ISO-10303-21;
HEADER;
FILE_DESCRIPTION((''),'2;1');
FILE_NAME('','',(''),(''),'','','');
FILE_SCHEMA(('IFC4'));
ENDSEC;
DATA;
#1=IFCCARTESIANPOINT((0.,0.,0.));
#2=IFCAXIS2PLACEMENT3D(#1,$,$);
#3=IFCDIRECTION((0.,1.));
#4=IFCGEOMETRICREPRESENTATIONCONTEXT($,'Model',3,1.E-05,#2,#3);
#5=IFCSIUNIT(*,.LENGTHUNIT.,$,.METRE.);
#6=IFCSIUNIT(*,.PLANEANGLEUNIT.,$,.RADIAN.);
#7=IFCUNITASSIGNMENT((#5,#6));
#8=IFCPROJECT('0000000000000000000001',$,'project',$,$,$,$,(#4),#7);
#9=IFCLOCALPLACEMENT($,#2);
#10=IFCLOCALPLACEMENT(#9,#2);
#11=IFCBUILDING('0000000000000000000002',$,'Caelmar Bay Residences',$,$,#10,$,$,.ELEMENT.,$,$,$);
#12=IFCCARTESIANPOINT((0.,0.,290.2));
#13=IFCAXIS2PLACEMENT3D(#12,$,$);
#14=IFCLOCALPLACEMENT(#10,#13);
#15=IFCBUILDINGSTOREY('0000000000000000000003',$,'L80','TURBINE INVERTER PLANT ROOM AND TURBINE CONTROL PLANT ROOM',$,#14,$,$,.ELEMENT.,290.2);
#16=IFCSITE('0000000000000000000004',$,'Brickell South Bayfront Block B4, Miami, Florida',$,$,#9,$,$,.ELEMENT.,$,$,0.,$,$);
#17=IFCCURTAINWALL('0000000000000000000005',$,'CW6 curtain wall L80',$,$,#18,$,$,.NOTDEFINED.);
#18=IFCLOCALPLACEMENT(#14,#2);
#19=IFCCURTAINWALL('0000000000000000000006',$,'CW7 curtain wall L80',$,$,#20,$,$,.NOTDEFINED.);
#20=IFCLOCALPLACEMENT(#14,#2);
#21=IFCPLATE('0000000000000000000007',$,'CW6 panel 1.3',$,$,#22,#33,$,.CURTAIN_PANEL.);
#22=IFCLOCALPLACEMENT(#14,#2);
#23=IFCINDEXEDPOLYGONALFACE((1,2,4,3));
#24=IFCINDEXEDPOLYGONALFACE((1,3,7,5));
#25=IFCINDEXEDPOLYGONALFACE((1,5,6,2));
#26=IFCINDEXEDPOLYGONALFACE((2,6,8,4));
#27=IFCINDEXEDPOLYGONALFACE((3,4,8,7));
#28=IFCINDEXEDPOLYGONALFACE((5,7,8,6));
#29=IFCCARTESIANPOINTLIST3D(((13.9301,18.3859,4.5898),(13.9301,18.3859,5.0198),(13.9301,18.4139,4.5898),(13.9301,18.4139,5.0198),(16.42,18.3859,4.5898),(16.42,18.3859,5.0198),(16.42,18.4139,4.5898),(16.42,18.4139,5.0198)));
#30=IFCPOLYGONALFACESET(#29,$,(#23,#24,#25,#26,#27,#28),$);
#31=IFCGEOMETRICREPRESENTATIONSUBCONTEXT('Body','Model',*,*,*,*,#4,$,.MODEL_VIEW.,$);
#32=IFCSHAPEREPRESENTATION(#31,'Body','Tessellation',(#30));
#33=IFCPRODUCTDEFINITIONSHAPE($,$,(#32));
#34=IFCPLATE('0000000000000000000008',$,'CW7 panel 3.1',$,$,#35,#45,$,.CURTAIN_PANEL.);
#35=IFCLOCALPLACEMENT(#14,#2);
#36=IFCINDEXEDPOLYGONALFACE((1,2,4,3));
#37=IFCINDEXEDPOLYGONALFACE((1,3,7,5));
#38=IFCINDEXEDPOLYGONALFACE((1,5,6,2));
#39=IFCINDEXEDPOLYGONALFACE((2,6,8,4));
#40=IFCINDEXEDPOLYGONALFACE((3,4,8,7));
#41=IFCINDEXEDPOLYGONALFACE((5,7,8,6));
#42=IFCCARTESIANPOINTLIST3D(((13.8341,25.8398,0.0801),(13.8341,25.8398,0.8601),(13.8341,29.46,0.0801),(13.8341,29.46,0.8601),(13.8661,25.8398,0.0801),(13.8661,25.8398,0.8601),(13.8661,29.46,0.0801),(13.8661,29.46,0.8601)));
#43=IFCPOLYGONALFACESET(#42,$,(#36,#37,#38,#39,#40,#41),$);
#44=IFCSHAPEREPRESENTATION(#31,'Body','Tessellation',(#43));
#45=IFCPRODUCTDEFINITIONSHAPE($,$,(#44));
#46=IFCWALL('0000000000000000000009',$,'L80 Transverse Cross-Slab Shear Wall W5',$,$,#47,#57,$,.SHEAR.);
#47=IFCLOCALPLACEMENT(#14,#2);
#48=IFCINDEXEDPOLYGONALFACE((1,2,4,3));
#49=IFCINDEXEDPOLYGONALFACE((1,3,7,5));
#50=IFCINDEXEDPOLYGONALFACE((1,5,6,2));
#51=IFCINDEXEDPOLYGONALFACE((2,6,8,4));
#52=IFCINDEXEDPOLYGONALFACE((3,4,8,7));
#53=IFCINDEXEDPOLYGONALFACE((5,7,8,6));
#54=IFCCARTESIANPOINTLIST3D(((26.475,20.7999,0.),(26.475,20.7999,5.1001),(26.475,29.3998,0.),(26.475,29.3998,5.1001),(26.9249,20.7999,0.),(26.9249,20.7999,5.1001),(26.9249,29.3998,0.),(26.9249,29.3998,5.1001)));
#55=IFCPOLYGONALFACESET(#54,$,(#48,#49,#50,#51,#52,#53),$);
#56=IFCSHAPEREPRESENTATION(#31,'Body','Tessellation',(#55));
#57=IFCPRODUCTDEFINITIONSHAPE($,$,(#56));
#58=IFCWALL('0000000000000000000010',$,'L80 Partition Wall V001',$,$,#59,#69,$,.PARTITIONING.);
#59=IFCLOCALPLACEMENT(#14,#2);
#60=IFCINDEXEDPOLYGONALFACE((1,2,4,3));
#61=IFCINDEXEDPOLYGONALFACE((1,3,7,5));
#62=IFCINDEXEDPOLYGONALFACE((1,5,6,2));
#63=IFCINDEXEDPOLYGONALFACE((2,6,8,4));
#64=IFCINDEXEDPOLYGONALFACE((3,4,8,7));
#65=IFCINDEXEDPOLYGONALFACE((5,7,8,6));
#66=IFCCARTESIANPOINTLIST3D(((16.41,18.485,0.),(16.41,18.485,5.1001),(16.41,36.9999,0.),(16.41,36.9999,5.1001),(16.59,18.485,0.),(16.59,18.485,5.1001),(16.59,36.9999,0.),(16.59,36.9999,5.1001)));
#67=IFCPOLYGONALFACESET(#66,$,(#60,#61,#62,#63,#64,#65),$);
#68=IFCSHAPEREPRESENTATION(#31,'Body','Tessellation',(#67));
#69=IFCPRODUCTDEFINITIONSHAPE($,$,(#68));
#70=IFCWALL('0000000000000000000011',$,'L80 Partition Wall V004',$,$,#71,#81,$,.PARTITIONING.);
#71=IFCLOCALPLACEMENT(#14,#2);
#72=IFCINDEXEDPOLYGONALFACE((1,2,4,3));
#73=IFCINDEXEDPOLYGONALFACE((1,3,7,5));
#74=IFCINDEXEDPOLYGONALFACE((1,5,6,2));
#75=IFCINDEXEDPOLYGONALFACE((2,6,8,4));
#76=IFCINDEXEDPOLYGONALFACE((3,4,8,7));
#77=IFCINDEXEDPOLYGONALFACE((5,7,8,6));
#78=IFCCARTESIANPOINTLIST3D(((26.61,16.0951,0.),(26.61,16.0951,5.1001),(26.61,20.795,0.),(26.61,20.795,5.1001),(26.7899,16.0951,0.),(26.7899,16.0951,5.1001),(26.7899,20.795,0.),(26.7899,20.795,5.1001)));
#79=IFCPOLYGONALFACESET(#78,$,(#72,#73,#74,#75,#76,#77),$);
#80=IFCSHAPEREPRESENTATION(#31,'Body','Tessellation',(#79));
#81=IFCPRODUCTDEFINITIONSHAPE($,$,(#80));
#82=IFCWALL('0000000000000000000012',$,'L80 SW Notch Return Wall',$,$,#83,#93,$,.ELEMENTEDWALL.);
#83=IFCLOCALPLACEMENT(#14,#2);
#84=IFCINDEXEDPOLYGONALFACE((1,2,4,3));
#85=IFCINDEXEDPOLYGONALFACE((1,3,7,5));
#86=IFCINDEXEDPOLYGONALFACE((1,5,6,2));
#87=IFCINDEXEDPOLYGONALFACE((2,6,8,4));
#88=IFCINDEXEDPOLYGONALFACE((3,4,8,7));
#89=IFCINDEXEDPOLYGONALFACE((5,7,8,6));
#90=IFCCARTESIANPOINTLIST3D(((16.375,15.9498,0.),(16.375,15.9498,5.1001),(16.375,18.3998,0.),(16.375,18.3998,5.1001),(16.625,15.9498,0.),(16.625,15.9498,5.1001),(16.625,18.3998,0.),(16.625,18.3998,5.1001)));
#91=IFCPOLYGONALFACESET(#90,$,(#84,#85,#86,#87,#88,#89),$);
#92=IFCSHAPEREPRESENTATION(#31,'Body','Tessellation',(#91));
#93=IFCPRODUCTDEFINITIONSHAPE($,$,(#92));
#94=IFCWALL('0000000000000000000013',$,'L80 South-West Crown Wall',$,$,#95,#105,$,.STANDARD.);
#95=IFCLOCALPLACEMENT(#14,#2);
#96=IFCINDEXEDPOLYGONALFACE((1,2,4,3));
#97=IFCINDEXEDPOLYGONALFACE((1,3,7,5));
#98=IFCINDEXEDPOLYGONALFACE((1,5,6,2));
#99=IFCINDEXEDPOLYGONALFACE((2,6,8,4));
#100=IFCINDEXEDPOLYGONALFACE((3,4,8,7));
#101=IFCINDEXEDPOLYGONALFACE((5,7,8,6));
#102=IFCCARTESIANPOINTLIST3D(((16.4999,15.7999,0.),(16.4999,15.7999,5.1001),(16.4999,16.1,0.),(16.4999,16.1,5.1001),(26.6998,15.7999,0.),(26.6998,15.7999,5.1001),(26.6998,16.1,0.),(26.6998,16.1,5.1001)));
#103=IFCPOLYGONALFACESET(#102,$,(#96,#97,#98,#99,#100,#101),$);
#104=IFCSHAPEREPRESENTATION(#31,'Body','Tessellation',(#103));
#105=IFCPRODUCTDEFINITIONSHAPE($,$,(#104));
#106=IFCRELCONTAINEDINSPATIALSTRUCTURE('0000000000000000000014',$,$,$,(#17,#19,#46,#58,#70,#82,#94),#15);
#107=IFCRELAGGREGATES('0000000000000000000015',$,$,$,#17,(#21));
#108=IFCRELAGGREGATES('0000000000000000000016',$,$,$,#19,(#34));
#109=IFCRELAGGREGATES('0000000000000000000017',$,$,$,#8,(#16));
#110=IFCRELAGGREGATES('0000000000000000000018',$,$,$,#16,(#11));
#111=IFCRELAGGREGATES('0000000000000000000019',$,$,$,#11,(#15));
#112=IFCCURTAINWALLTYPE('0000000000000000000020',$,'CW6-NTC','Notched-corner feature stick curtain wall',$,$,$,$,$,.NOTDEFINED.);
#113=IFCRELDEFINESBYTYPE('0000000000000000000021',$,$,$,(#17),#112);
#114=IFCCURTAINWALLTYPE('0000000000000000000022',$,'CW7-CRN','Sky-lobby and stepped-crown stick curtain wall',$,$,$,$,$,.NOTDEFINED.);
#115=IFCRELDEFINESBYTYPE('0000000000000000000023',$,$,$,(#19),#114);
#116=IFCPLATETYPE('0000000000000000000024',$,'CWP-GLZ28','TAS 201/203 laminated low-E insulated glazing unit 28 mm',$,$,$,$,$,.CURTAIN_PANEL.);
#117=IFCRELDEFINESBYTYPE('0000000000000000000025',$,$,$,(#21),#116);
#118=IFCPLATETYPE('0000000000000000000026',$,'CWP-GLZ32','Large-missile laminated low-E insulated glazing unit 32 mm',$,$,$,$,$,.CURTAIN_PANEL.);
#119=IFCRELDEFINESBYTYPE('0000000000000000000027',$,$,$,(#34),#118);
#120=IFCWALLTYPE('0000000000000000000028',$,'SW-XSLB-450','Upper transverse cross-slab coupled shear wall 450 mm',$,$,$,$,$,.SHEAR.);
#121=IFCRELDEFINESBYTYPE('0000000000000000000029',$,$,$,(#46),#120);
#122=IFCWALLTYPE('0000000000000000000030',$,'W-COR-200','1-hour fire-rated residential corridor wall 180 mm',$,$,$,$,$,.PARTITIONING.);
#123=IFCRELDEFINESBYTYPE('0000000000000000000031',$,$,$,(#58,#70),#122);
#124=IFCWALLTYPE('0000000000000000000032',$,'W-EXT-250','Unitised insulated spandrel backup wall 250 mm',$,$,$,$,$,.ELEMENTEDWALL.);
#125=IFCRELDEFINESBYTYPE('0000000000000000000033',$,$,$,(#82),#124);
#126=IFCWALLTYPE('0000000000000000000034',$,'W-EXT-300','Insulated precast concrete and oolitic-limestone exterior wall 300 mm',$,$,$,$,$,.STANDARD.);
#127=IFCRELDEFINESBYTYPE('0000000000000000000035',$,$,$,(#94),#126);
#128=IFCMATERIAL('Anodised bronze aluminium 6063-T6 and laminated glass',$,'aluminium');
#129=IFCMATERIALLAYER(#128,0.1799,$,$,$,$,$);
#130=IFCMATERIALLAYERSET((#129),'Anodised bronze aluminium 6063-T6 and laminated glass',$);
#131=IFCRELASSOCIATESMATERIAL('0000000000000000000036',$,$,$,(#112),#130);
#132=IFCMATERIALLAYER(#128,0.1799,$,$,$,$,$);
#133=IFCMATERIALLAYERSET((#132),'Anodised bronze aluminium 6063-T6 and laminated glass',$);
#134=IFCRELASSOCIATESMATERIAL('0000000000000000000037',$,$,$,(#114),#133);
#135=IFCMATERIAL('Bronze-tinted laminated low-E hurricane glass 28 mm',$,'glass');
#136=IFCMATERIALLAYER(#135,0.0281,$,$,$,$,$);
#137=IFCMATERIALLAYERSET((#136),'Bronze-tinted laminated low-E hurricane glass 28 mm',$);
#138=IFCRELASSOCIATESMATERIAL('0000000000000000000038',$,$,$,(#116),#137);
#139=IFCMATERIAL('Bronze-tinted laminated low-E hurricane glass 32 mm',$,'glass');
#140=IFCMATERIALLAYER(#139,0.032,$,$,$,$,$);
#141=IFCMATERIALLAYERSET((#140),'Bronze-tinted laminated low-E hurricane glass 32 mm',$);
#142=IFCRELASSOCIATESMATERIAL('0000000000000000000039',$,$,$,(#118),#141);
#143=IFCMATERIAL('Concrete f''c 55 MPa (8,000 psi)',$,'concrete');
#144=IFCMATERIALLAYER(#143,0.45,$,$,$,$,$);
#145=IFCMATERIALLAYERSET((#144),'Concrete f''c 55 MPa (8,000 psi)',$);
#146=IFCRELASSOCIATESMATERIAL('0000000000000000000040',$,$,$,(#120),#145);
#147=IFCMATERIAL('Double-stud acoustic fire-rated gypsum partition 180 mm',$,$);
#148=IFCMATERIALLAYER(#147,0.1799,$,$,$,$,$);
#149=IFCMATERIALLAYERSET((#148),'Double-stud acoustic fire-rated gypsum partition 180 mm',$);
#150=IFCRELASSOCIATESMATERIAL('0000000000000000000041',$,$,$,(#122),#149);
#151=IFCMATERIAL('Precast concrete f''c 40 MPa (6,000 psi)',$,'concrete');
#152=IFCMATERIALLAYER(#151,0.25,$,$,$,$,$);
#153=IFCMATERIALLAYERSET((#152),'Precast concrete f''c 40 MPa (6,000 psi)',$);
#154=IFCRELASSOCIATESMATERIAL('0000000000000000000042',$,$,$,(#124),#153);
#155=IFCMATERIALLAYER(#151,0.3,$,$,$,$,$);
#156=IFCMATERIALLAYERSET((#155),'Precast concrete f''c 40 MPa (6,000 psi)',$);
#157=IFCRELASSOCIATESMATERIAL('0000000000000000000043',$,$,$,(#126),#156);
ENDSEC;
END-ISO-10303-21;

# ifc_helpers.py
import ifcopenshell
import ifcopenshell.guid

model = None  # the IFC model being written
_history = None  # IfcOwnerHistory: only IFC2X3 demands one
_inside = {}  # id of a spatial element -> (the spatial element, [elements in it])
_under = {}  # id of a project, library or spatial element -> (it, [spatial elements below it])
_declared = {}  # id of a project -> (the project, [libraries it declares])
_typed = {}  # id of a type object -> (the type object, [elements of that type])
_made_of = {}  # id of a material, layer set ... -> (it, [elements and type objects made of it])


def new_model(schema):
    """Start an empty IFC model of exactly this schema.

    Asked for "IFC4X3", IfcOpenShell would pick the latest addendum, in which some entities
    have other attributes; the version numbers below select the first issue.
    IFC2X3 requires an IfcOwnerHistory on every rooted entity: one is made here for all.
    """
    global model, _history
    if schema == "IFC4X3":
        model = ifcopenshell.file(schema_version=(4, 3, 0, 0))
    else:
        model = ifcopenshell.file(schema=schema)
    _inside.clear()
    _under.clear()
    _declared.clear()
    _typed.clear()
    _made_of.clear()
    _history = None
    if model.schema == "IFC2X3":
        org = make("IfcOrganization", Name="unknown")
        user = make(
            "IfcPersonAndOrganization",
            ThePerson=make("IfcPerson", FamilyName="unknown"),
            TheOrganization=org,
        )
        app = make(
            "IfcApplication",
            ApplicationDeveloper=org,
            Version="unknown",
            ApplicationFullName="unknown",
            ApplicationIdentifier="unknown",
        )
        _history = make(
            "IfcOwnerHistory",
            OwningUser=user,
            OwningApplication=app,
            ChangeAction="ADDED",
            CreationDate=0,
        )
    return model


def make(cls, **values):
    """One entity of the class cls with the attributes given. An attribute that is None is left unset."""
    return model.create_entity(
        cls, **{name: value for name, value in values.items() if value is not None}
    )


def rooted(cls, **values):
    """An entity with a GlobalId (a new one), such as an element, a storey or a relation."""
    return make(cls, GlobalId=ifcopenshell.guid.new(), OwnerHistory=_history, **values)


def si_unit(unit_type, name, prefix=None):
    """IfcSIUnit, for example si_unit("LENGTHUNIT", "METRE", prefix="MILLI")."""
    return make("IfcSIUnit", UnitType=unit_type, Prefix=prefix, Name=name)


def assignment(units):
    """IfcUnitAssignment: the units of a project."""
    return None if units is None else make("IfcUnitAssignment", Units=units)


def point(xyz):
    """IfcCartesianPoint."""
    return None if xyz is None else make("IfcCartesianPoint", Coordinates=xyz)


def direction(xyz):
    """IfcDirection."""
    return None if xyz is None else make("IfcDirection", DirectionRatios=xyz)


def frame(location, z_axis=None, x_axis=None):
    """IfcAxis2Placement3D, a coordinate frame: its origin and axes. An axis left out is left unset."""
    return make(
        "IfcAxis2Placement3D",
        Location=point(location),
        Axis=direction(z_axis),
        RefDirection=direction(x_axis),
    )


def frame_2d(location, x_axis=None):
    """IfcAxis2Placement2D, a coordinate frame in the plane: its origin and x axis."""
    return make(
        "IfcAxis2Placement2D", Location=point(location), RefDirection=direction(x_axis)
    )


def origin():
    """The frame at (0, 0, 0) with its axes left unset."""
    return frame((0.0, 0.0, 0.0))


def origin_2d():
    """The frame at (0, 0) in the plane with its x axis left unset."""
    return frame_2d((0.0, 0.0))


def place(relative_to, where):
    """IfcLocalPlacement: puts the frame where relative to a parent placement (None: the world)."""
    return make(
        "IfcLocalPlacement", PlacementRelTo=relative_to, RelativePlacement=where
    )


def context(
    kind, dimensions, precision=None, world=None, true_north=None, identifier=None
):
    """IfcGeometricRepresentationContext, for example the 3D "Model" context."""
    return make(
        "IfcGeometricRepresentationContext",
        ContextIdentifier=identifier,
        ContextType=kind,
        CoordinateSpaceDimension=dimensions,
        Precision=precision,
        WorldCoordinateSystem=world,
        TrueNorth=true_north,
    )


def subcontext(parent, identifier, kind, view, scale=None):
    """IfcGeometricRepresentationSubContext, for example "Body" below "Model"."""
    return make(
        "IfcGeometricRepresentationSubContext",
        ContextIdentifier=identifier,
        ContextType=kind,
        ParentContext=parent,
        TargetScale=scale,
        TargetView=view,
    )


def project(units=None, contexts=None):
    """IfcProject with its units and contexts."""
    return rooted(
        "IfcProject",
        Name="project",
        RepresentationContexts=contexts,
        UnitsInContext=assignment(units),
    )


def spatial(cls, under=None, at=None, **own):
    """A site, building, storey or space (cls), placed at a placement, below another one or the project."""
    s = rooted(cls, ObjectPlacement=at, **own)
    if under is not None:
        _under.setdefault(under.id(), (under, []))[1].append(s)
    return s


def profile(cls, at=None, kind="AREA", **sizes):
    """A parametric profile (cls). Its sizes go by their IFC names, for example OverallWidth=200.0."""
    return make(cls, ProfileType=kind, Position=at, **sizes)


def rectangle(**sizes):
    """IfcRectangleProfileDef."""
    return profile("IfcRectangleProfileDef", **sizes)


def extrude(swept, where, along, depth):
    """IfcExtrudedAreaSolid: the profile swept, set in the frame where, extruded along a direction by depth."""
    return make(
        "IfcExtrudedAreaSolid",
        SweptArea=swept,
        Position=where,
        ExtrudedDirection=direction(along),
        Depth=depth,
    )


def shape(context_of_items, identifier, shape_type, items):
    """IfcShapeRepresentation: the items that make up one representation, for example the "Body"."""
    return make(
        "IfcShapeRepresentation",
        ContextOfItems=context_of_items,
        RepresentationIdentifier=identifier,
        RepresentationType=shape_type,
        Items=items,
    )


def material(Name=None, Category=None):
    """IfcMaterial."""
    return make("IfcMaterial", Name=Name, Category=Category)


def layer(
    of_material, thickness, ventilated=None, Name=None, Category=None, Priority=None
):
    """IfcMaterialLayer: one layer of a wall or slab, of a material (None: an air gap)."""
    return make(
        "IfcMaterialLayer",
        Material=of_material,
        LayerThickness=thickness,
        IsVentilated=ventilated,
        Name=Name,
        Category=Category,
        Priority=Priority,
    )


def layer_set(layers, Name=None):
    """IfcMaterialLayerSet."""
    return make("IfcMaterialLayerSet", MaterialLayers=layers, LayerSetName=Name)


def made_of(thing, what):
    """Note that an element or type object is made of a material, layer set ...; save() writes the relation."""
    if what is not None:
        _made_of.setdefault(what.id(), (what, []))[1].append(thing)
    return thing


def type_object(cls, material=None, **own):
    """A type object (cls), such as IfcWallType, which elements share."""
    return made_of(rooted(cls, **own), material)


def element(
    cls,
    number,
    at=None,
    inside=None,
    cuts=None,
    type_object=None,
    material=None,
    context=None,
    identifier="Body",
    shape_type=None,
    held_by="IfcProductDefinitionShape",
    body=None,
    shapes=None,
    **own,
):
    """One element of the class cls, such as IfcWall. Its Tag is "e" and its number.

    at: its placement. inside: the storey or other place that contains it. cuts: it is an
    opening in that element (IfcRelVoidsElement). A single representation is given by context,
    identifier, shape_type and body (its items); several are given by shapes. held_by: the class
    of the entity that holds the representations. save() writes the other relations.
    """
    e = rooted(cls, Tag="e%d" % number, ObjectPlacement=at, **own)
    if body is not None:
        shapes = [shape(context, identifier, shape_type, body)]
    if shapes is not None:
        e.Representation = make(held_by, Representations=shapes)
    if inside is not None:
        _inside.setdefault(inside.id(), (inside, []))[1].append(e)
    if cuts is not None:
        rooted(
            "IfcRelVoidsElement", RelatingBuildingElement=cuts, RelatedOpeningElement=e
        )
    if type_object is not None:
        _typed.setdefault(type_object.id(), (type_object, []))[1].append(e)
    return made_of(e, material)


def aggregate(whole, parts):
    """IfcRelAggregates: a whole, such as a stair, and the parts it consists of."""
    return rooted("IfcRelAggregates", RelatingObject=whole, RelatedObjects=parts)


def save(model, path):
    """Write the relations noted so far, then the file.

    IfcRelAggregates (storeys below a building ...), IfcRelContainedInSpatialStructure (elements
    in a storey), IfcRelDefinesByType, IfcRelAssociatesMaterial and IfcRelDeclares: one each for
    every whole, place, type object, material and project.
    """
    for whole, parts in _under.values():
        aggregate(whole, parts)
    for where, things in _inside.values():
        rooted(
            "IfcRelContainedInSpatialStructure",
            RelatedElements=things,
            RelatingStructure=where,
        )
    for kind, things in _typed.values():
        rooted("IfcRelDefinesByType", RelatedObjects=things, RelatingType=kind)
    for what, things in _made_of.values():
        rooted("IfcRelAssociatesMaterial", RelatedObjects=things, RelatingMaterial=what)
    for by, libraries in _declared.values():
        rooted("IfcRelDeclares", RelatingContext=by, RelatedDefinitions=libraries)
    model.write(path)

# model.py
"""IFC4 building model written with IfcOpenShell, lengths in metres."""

from ifc_helpers import new_model, si_unit, direction, frame, frame_2d, origin, origin_2d, place, context, subcontext, project, spatial, rectangle, extrude, material, layer, layer_set, type_object, element, aggregate, save


model = new_model("IFC4")

# Units and contexts
model_context = context("Model", 3, precision=1e-05, world=origin(), true_north=direction((0.0, 1.0)))
body_context = subcontext(model_context, "Body", "Model", "MODEL_VIEW")
ifc_project = project(units=[si_unit("LENGTHUNIT", "METRE"), si_unit("PLANEANGLEUNIT", "RADIAN")], contexts=[model_context])

# Site, building, storey
site_placement = place(None, origin())
site = spatial("IfcSite", under=ifc_project, at=site_placement, Name="Brickell South Bayfront Block B4, Miami, Florida", CompositionType="ELEMENT", RefElevation=0.0)
building_placement = place(site_placement, origin())
building = spatial("IfcBuilding", under=site, at=building_placement, Name="Caelmar Bay Residences", CompositionType="ELEMENT")
storey_placement = place(building_placement, frame((0.0, 0.0, 290.2)))
storey = spatial("IfcBuildingStorey", under=building, at=storey_placement, Name="L80", Description="TURBINE INVERTER PLANT ROOM AND TURBINE CONTROL PLANT ROOM", CompositionType="ELEMENT", Elevation=290.2)

# Shared definitions
ifc_material_1 = material(Name="Concrete f'c 55 MPa (8,000 psi)", Category="concrete")

# Curtain walls
ifc_material_2 = material(Name="Anodised bronze aluminium 6063-T6 and laminated glass", Category="aluminium")
ifc_layer_1 = layer(ifc_material_2, 0.1799)
ifc_layer_set_1 = layer_set([ifc_layer_1], Name="Anodised bronze aluminium 6063-T6 and laminated glass")
curtain_wall_type_1 = type_object("IfcCurtainWallType", Name="CW6-NTC", Description="Notched-corner feature stick curtain wall", PredefinedType="NOTDEFINED", material=ifc_layer_set_1)
curtain_wall_1_placement = place(storey_placement, origin())
curtain_wall_1 = element("IfcCurtainWall", 1, at=curtain_wall_1_placement, inside=storey, type_object=curtain_wall_type_1, Name="CW6 curtain wall L80", PredefinedType="NOTDEFINED")
ifc_layer_2 = layer(ifc_material_2, 0.1799)
ifc_layer_set_2 = layer_set([ifc_layer_2], Name="Anodised bronze aluminium 6063-T6 and laminated glass")
curtain_wall_type_2 = type_object("IfcCurtainWallType", Name="CW7-CRN", Description="Sky-lobby and stepped-crown stick curtain wall", PredefinedType="NOTDEFINED", material=ifc_layer_set_2)
curtain_wall_2_placement = place(storey_placement, origin())
curtain_wall_2 = element("IfcCurtainWall", 2, at=curtain_wall_2_placement, inside=storey, type_object=curtain_wall_type_2, Name="CW7 curtain wall L80", PredefinedType="NOTDEFINED")

# Plates
ifc_material_3 = material(Name="Bronze-tinted laminated low-E hurricane glass 28 mm", Category="glass")
ifc_layer_3 = layer(ifc_material_3, 0.0281)
ifc_layer_set_3 = layer_set([ifc_layer_3], Name="Bronze-tinted laminated low-E hurricane glass 28 mm")
plate_type_1 = type_object("IfcPlateType", Name="CWP-GLZ28", Description="TAS 201/203 laminated low-E insulated glazing unit 28 mm", PredefinedType="CURTAIN_PANEL", material=ifc_layer_set_3)
plate_1_placement = place(storey_placement, frame((15.175, 18.3999, 4.5898), z_axis=(0.0, 0.0, 1.0), x_axis=(1.0, 0.0, 0.0)))
plate_1 = element("IfcPlate", 3, at=plate_1_placement, type_object=plate_type_1, Name="CW6 panel 1.3", PredefinedType="CURTAIN_PANEL", context=body_context, shape_type="SweptSolid", body=[
    extrude(rectangle(XDim=2.49, YDim=0.0281, at=origin_2d()), origin(), (0.0, 0.0, 1.0), 0.4299),
])
aggregate(curtain_wall_1, [plate_1])
ifc_material_4 = material(Name="Bronze-tinted laminated low-E hurricane glass 32 mm", Category="glass")
ifc_layer_4 = layer(ifc_material_4, 0.032)
ifc_layer_set_4 = layer_set([ifc_layer_4], Name="Bronze-tinted laminated low-E hurricane glass 32 mm")
plate_type_2 = type_object("IfcPlateType", Name="CWP-GLZ32", Description="Large-missile laminated low-E insulated glazing unit 32 mm", PredefinedType="CURTAIN_PANEL", material=ifc_layer_set_4)
plate_2_placement = place(storey_placement, frame((13.8501, 27.6499, 0.0801), z_axis=(0.0, 0.0, 1.0), x_axis=(0.0, 1.0, 0.0)))
plate_2 = element("IfcPlate", 4, at=plate_2_placement, type_object=plate_type_2, Name="CW7 panel 3.1", PredefinedType="CURTAIN_PANEL", context=body_context, shape_type="SweptSolid", body=[
    extrude(rectangle(XDim=3.6201, YDim=0.032, at=origin_2d()), origin(), (0.0, 0.0, 1.0), 0.78),
])
aggregate(curtain_wall_2, [plate_2])

# Walls
ifc_layer_5 = layer(ifc_material_1, 0.45)
ifc_layer_set_5 = layer_set([ifc_layer_5], Name="Concrete f'c 55 MPa (8,000 psi)")
wall_type_1 = type_object("IfcWallType", Name="SW-XSLB-450", Description="Upper transverse cross-slab coupled shear wall 450 mm", PredefinedType="SHEAR", material=ifc_layer_set_5)
wall_1_placement = place(storey_placement, frame((26.7, 20.8, 0.0), z_axis=(0.0, 0.0, 1.0), x_axis=(0.0, 1.0, 0.0)))
element("IfcWall", 5, at=wall_1_placement, inside=storey, type_object=wall_type_1, Name="L80 Transverse Cross-Slab Shear Wall W5", PredefinedType="SHEAR", context=body_context, shape_type="SweptSolid", body=[
    extrude(rectangle(XDim=8.5999, YDim=0.45, at=frame_2d((4.2998, 0.0))), origin(), (0.0, 0.0, 1.0), 5.1001),
])
ifc_material_5 = material(Name="Double-stud acoustic fire-rated gypsum partition 180 mm")
ifc_layer_6 = layer(ifc_material_5, 0.1799)
ifc_layer_set_6 = layer_set([ifc_layer_6], Name="Double-stud acoustic fire-rated gypsum partition 180 mm")
wall_type_2 = type_object("IfcWallType", Name="W-COR-200", Description="1-hour fire-rated residential corridor wall 180 mm", PredefinedType="PARTITIONING", material=ifc_layer_set_6)
wall_2_placement = place(storey_placement, frame((16.5, 18.4851, 0.0), z_axis=(0.0, 0.0, 1.0), x_axis=(0.0, 1.0, 0.0)))
element("IfcWall", 6, at=wall_2_placement, inside=storey, type_object=wall_type_2, Name="L80 Partition Wall V001", PredefinedType="PARTITIONING", context=body_context, shape_type="SweptSolid", body=[
    extrude(rectangle(XDim=18.5149, YDim=0.1799, at=frame_2d((9.2573, 0.0))), origin(), (0.0, 0.0, 1.0), 5.1001),
])
wall_3_placement = place(storey_placement, frame((26.7, 16.095, 0.0), z_axis=(0.0, 0.0, 1.0), x_axis=(0.0, 1.0, 0.0)))
element("IfcWall", 7, at=wall_3_placement, inside=storey, type_object=wall_type_2, Name="L80 Partition Wall V004", PredefinedType="PARTITIONING", context=body_context, shape_type="SweptSolid", body=[
    extrude(rectangle(XDim=4.7, YDim=0.1799, at=frame_2d((2.3501, 0.0))), origin(), (0.0, 0.0, 1.0), 5.1001),
])
ifc_material_6 = material(Name="Precast concrete f'c 40 MPa (6,000 psi)", Category="concrete")
ifc_layer_7 = layer(ifc_material_6, 0.25)
ifc_layer_set_7 = layer_set([ifc_layer_7], Name="Precast concrete f'c 40 MPa (6,000 psi)")
wall_type_3 = type_object("IfcWallType", Name="W-EXT-250", Description="Unitised insulated spandrel backup wall 250 mm", PredefinedType="ELEMENTEDWALL", material=ifc_layer_set_7)
wall_4_placement = place(storey_placement, frame((16.5, 18.3999, 0.0), z_axis=(0.0, 0.0, 1.0), x_axis=(0.0, -1.0, 0.0)))
element("IfcWall", 8, at=wall_4_placement, inside=storey, type_object=wall_type_3, Name="L80 SW Notch Return Wall", PredefinedType="ELEMENTEDWALL", context=body_context, shape_type="SweptSolid", body=[
    extrude(rectangle(XDim=2.45, YDim=0.25, at=frame_2d((1.2251, 0.0))), origin(), (0.0, 0.0, 1.0), 5.1001),
])
ifc_layer_8 = layer(ifc_material_6, 0.3)
ifc_layer_set_8 = layer_set([ifc_layer_8], Name="Precast concrete f'c 40 MPa (6,000 psi)")
wall_type_4 = type_object("IfcWallType", Name="W-EXT-300", Description="Insulated precast concrete and oolitic-limestone exterior wall 300 mm", PredefinedType="STANDARD", material=ifc_layer_set_8)
wall_5_placement = place(storey_placement, frame((26.7, 15.95, 0.0), z_axis=(0.0, 0.0, 1.0), x_axis=(-1.0, 0.0, 0.0)))
element("IfcWall", 9, at=wall_5_placement, inside=storey, type_object=wall_type_4, Name="L80 South-West Crown Wall", PredefinedType="STANDARD", context=body_context, shape_type="SweptSolid", body=[
    extrude(rectangle(XDim=10.2, YDim=0.3, at=frame_2d((5.1001, 0.0))), origin(), (0.0, 0.0, 1.0), 5.1001),
])

save(model, "model.ifc")
